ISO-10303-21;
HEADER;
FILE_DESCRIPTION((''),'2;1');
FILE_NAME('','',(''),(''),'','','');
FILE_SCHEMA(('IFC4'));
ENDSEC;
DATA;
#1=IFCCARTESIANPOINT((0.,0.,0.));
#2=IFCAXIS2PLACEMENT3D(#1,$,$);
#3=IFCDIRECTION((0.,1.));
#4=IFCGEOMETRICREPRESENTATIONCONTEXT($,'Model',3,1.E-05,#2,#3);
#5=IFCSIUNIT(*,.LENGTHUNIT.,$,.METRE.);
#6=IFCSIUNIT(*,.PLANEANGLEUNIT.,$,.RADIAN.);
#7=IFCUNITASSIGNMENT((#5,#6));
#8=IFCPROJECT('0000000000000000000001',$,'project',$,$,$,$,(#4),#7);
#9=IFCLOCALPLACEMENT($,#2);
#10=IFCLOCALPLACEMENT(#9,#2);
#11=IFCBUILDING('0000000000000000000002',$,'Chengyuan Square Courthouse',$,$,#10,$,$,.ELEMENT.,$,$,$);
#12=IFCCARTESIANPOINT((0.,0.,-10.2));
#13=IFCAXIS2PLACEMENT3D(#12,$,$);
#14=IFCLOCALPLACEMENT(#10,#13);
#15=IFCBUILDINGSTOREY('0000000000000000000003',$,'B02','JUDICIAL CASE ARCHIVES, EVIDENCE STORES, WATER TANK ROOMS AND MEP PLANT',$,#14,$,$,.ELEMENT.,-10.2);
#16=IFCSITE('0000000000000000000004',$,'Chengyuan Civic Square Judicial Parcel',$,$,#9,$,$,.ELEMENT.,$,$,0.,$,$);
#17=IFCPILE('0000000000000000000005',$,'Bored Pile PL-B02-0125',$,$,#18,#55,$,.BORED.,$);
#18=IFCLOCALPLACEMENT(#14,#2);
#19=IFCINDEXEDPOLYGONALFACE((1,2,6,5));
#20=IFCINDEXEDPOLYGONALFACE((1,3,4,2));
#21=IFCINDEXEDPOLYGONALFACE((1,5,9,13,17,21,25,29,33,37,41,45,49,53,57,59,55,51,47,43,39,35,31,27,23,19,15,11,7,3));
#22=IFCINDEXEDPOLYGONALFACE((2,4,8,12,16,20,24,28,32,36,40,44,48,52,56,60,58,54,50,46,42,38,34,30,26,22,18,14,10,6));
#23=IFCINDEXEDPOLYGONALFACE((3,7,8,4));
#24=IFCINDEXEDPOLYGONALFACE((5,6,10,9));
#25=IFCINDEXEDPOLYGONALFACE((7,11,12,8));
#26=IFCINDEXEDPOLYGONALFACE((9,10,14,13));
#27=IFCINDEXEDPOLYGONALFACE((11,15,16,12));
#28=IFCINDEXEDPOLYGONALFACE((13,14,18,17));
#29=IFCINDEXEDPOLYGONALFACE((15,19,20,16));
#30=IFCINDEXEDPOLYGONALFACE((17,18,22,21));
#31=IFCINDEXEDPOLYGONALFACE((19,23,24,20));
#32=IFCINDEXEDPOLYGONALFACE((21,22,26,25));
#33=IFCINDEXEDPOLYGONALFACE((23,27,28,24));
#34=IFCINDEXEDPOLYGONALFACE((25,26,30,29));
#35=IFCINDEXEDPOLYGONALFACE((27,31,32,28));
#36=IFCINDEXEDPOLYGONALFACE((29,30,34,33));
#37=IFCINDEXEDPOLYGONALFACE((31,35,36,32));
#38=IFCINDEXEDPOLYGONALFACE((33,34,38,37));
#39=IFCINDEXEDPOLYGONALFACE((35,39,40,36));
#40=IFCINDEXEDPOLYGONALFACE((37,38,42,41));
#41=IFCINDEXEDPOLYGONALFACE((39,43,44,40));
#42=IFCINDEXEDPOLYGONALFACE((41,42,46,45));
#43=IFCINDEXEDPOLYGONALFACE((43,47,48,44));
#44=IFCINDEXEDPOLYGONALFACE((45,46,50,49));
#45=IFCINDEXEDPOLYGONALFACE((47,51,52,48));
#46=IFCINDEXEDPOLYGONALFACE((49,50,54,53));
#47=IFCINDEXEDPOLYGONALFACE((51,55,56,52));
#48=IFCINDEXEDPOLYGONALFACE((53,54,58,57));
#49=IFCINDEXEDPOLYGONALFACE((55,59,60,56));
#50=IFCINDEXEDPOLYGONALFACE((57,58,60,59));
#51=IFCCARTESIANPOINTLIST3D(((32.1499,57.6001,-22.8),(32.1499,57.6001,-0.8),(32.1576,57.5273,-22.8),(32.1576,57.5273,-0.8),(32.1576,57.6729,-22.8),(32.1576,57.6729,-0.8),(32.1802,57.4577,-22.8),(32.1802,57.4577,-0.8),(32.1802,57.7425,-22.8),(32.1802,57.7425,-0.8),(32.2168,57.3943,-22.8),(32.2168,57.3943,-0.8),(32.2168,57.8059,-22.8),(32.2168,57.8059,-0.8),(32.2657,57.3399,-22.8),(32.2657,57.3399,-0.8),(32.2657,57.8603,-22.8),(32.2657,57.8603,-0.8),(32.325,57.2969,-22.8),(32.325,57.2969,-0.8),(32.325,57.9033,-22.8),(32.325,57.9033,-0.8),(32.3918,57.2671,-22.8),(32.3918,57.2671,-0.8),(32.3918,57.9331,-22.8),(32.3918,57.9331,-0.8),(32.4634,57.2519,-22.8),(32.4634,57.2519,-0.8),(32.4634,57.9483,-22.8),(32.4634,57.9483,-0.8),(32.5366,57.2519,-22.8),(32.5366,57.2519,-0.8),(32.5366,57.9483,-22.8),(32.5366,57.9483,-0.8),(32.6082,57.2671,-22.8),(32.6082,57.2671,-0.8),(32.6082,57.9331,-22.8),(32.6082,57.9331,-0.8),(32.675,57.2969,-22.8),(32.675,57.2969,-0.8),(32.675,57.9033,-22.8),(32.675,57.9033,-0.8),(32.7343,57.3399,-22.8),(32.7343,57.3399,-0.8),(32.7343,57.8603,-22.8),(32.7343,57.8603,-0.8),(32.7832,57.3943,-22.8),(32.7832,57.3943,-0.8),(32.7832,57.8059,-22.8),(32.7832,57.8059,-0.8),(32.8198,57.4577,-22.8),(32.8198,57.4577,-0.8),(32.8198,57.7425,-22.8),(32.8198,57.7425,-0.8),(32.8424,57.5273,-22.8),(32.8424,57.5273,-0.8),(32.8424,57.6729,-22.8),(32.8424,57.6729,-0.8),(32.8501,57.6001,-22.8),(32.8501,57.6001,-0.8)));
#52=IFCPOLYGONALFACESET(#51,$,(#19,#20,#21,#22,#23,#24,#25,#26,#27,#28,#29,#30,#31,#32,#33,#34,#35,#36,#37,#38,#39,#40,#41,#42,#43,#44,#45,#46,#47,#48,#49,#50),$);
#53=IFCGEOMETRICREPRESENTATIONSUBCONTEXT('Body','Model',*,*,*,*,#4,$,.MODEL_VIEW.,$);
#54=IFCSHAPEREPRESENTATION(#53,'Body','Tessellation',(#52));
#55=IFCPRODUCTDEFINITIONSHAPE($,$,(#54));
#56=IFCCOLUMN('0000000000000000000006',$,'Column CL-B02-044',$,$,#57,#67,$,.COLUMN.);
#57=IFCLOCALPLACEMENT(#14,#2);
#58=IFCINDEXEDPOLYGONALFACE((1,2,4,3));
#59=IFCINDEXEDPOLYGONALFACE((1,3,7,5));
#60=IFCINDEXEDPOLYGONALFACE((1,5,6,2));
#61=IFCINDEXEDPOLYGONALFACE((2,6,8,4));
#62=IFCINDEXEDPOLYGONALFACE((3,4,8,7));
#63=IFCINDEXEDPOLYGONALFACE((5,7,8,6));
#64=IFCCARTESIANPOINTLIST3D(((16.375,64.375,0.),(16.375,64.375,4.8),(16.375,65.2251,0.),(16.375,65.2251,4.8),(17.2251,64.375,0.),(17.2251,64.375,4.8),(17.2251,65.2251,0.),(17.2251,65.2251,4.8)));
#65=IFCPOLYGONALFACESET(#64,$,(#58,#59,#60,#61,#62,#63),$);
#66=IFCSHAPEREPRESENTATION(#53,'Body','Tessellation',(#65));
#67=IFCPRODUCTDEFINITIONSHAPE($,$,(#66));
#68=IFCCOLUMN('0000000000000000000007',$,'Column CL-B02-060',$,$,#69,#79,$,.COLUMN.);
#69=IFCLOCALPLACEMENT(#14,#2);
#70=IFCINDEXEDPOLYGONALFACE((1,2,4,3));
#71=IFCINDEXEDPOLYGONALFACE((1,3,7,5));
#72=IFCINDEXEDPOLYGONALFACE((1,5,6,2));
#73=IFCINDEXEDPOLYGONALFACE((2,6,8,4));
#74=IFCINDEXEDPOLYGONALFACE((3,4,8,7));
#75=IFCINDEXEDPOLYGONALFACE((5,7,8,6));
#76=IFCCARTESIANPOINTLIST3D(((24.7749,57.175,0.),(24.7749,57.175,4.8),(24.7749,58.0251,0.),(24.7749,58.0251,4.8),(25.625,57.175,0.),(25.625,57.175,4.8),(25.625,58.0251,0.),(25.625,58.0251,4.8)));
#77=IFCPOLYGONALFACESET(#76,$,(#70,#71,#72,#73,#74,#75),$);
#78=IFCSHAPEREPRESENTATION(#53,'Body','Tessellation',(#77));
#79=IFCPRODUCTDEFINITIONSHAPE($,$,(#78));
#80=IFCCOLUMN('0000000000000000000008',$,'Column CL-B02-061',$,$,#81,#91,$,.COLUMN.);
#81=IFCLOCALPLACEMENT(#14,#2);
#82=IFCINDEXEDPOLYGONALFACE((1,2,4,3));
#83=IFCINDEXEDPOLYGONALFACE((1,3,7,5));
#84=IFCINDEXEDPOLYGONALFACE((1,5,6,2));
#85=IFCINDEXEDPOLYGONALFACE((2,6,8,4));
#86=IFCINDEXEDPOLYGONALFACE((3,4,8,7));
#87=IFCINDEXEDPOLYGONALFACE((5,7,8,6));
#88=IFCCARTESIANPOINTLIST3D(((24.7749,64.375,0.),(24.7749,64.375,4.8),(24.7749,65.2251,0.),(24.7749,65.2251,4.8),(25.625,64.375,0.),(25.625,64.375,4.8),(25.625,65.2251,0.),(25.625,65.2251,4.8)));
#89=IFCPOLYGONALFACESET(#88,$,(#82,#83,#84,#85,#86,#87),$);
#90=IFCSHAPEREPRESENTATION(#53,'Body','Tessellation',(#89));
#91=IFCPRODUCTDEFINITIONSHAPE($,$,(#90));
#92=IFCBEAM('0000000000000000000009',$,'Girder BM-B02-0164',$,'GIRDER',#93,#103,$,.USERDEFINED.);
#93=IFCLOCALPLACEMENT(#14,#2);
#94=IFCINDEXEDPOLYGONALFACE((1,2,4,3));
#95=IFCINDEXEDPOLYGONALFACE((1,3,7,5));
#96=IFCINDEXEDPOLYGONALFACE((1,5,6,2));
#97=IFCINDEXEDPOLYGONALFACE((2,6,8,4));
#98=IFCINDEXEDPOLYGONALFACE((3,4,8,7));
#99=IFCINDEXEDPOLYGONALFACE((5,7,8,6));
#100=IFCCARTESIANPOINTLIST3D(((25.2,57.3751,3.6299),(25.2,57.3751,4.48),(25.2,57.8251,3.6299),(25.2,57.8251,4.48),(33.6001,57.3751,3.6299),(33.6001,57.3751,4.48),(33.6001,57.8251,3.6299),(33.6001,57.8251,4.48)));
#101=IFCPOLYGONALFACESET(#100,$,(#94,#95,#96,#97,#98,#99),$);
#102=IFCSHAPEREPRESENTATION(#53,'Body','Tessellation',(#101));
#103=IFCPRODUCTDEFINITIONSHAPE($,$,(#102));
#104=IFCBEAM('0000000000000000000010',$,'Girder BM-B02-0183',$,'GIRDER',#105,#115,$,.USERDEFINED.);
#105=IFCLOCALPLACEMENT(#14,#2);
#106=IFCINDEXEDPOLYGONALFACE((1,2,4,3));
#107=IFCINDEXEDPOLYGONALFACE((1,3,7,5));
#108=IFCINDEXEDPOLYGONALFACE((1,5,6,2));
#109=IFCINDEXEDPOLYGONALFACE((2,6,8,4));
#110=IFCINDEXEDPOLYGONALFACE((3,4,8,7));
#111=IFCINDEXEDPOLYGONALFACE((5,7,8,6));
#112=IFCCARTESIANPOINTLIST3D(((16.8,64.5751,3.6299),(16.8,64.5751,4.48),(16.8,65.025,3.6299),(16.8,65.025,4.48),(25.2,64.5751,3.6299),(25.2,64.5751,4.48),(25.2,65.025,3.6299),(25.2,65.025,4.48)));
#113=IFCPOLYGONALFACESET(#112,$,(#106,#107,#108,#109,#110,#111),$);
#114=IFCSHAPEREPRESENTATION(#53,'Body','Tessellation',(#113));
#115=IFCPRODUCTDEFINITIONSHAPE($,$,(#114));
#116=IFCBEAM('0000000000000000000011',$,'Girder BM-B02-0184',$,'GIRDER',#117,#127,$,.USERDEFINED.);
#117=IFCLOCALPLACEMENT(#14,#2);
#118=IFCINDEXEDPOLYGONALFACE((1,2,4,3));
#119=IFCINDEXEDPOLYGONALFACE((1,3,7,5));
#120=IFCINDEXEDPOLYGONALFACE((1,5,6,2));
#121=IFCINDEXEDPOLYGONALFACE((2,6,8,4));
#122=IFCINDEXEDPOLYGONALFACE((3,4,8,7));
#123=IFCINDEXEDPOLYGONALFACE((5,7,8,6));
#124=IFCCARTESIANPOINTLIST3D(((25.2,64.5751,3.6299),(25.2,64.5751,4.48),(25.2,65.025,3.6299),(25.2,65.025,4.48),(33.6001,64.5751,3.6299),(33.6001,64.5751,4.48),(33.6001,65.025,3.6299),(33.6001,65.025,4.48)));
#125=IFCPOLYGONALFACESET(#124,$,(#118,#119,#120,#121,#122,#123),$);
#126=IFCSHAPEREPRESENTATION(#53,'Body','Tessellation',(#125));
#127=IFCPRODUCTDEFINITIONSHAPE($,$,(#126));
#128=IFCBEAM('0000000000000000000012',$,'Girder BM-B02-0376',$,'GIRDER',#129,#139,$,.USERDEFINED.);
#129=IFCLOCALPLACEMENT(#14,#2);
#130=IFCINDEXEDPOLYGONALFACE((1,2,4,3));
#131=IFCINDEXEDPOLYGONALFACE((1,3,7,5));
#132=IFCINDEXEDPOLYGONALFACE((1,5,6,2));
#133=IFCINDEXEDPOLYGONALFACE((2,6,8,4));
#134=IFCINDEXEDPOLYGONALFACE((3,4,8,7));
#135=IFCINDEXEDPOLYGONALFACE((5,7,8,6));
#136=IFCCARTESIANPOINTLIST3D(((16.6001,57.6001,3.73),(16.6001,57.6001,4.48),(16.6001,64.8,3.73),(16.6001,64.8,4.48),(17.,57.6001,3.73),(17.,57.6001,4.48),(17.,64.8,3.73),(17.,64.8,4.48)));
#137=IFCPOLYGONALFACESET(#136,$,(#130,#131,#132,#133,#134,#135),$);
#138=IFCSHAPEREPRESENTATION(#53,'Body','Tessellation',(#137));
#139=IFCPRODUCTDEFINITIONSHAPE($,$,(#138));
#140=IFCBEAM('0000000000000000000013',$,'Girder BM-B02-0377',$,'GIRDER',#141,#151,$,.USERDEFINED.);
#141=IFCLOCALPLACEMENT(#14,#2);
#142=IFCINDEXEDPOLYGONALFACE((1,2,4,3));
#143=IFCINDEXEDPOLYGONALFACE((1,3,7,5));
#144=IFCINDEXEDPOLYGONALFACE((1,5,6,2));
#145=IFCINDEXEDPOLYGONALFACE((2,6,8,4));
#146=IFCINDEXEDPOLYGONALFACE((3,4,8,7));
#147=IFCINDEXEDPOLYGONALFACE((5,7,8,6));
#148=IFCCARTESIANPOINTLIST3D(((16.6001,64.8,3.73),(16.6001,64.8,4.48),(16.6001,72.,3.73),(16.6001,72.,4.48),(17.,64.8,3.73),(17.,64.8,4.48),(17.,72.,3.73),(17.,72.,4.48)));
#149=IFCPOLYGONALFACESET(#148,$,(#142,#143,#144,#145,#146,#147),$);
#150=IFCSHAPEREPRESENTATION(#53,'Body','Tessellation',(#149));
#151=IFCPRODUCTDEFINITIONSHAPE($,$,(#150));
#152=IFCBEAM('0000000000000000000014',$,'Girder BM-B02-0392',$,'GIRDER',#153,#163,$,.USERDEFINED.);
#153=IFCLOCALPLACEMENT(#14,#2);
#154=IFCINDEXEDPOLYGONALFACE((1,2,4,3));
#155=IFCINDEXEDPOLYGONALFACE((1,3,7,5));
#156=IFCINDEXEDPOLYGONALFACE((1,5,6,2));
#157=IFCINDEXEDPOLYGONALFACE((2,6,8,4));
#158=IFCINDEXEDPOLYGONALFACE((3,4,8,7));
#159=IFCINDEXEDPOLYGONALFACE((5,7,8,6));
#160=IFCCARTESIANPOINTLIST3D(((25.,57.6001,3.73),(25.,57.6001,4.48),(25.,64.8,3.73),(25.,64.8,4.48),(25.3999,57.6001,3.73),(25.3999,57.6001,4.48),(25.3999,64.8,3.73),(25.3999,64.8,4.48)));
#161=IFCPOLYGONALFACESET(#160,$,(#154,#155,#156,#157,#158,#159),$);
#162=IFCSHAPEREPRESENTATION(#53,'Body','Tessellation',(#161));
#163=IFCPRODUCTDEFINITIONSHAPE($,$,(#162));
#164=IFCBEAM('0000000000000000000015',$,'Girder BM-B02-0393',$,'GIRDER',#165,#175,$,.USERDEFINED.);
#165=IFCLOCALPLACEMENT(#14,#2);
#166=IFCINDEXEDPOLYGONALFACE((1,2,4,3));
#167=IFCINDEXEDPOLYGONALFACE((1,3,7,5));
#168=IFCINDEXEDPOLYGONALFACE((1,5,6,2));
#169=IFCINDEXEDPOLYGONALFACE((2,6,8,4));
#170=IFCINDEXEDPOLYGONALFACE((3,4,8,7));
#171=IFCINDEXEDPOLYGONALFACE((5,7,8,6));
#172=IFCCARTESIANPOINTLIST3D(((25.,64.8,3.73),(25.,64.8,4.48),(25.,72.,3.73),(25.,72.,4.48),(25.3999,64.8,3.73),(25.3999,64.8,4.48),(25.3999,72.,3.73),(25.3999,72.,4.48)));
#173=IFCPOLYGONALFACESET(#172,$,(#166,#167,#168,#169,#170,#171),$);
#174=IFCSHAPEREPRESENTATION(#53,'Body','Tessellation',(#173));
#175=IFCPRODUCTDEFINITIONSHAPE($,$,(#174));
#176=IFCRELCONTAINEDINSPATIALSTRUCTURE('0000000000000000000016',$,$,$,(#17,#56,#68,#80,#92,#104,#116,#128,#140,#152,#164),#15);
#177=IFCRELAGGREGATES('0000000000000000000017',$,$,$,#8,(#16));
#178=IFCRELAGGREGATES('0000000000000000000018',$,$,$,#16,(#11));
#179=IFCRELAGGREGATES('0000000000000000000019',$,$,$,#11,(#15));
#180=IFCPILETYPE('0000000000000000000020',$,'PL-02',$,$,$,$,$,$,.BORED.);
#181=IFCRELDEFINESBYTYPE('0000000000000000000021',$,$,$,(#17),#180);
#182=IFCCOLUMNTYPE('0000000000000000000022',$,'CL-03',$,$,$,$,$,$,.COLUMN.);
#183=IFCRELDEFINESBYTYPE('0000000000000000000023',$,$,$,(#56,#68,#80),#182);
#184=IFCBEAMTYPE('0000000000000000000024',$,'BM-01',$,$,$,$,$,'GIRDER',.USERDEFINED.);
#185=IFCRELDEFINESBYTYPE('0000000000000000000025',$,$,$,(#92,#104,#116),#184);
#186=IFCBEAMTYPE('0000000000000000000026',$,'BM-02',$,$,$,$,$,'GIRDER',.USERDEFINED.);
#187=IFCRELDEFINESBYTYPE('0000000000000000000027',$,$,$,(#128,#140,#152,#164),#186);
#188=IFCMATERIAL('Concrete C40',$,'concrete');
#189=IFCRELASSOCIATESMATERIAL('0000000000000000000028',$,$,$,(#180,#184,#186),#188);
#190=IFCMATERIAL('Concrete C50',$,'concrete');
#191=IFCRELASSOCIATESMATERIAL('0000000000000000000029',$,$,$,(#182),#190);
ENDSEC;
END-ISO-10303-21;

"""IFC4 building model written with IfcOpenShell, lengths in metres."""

from ifc_helpers import new_model, si_unit, direction, frame, origin, origin_2d, place, context, subcontext, project, spatial, rectangle, circle, extrude, material, material_profile, profile_set, type_object, element, save


model = new_model("IFC4")

# Units and contexts
model_context = context("Model", 3, precision=1e-05, world=origin(), true_north=direction((0.0, 1.0)))
body_context = subcontext(model_context, "Body", "Model", "MODEL_VIEW")
ifc_project = project(units=[si_unit("LENGTHUNIT", "METRE"), si_unit("PLANEANGLEUNIT", "RADIAN")], contexts=[model_context])

# Site, building, storey
site_placement = place(None, origin())
site = spatial("IfcSite", under=ifc_project, at=site_placement, Name="Chengyuan Civic Square Judicial Parcel", CompositionType="ELEMENT", RefElevation=0.0)
building_placement = place(site_placement, origin())
building = spatial("IfcBuilding", under=site, at=building_placement, Name="Chengyuan Square Courthouse", CompositionType="ELEMENT")
storey_placement = place(building_placement, frame((0.0, 0.0, -10.2)))
storey = spatial("IfcBuildingStorey", under=building, at=storey_placement, Name="B02", Description="JUDICIAL CASE ARCHIVES, EVIDENCE STORES, WATER TANK ROOMS AND MEP PLANT", CompositionType="ELEMENT", Elevation=-10.2)

# Shared definitions
ifc_material_1 = material(Name="Concrete C40", Category="concrete")

# Pile
ifc_material_profile_1 = material_profile(ifc_material_1, circle(Radius=0.3501, at=origin_2d()), Name="BORED PILE D700")
ifc_profile_set_1 = profile_set([ifc_material_profile_1], Name="Concrete C40")
pile_type_1 = type_object("IfcPileType", Name="PL-02", PredefinedType="BORED", material=ifc_profile_set_1)
for number, where, z_axis, x_axis, name in (
    (1, (32.5, 57.6001, -0.8), (0.0, 0.0, -1.0), (1.0, 0.0, 0.0), "Bored Pile PL-B02-0125"),
):
    element("IfcPile", number, at=place(storey_placement, frame(where, z_axis=z_axis, x_axis=x_axis)), inside=storey, type_object=pile_type_1, Name=name, PredefinedType="BORED", context=body_context, shape_type="SweptSolid", body=[
        extrude(circle(Radius=0.3501, at=origin_2d()), origin(), (0.0, 0.0, 1.0), 22.0),
    ])

# Columns
ifc_material_2 = material(Name="Concrete C50", Category="concrete")
ifc_material_profile_2 = material_profile(ifc_material_2, rectangle(XDim=0.8501, YDim=0.8501, at=origin_2d()), Name="RC-COL-850x850")
ifc_profile_set_2 = profile_set([ifc_material_profile_2], Name="Concrete C50")
column_type = type_object("IfcColumnType", Name="CL-03", PredefinedType="COLUMN", material=ifc_profile_set_2)
for number, where, z_axis, x_axis, name in (
    (2, (16.8, 64.8, 0.0), (0.0, 0.0, 1.0), (1.0, 0.0, 0.0), "Column CL-B02-044"),
    (3, (25.2, 57.6001, 0.0), (0.0, 0.0, 1.0), (1.0, 0.0, 0.0), "Column CL-B02-060"),
    (4, (25.2, 64.8, 0.0), (0.0, 0.0, 1.0), (1.0, 0.0, 0.0), "Column CL-B02-061"),
):
    element("IfcColumn", number, at=place(storey_placement, frame(where, z_axis=z_axis, x_axis=x_axis)), inside=storey, type_object=column_type, Name=name, PredefinedType="COLUMN", context=body_context, shape_type="SweptSolid", body=[
        extrude(rectangle(XDim=0.8501, YDim=0.8501, at=origin_2d()), origin(), (0.0, 0.0, 1.0), 4.8),
    ])

# Beams
ifc_material_profile_3 = material_profile(ifc_material_1, rectangle(XDim=0.45, YDim=0.8501, at=origin_2d()), Name="RC-BM-450x850")
ifc_profile_set_3 = profile_set([ifc_material_profile_3], Name="Concrete C40")
beam_type_1 = type_object("IfcBeamType", Name="BM-01", ElementType="GIRDER", PredefinedType="USERDEFINED", material=ifc_profile_set_3)
beam_1_placement = place(storey_placement, frame((25.2, 57.6001, 4.0549), z_axis=(1.0, 0.0, 0.0), x_axis=(0.0, 1.0, 0.0)))
element("IfcBeam", 5, at=beam_1_placement, inside=storey, type_object=beam_type_1, Name="Girder BM-B02-0164", ObjectType="GIRDER", PredefinedType="USERDEFINED", context=body_context, shape_type="SweptSolid", body=[
    extrude(rectangle(XDim=0.45, YDim=0.8501, at=origin_2d()), origin(), (0.0, 0.0, 1.0), 8.4001),
])
beam_2_placement = place(storey_placement, frame((16.8, 64.8, 4.0549), z_axis=(1.0, 0.0, 0.0), x_axis=(0.0, 1.0, 0.0)))
element("IfcBeam", 6, at=beam_2_placement, inside=storey, type_object=beam_type_1, Name="Girder BM-B02-0183", ObjectType="GIRDER", PredefinedType="USERDEFINED", context=body_context, shape_type="SweptSolid", body=[
    extrude(rectangle(XDim=0.45, YDim=0.8501, at=origin_2d()), origin(), (0.0, 0.0, 1.0), 8.3999),
])
beam_3_placement = place(storey_placement, frame((25.2, 64.8, 4.0549), z_axis=(1.0, 0.0, 0.0), x_axis=(0.0, 1.0, 0.0)))
element("IfcBeam", 7, at=beam_3_placement, inside=storey, type_object=beam_type_1, Name="Girder BM-B02-0184", ObjectType="GIRDER", PredefinedType="USERDEFINED", context=body_context, shape_type="SweptSolid", body=[
    extrude(rectangle(XDim=0.45, YDim=0.8501, at=origin_2d()), origin(), (0.0, 0.0, 1.0), 8.4001),
])
ifc_material_profile_4 = material_profile(ifc_material_1, rectangle(XDim=0.3999, YDim=0.75, at=origin_2d()), Name="RC-BM-400x750")
ifc_profile_set_4 = profile_set([ifc_material_profile_4], Name="Concrete C40")
beam_type_2 = type_object("IfcBeamType", Name="BM-02", ElementType="GIRDER", PredefinedType="USERDEFINED", material=ifc_profile_set_4)
for number, where, z_axis, x_axis, name in (
    (8, (16.8, 57.6001, 4.105), (0.0, 1.0, 0.0), (-1.0, 0.0, 0.0), "Girder BM-B02-0376"),
    (9, (16.8, 64.8, 4.105), (0.0, 1.0, 0.0), (-1.0, 0.0, 0.0), "Girder BM-B02-0377"),
    (10, (25.2, 57.6001, 4.105), (0.0, 1.0, 0.0), (-1.0, 0.0, 0.0), "Girder BM-B02-0392"),
    (11, (25.2, 64.8, 4.105), (0.0, 1.0, 0.0), (-1.0, 0.0, 0.0), "Girder BM-B02-0393"),
):
    element("IfcBeam", number, at=place(storey_placement, frame(where, z_axis=z_axis, x_axis=x_axis)), inside=storey, type_object=beam_type_2, Name=name, ObjectType="GIRDER", PredefinedType="USERDEFINED", context=body_context, shape_type="SweptSolid", body=[
        extrude(rectangle(XDim=0.3999, YDim=0.75, at=origin_2d()), origin(), (0.0, 0.0, 1.0), 7.2),
    ])

save(model, "model.ifc")
